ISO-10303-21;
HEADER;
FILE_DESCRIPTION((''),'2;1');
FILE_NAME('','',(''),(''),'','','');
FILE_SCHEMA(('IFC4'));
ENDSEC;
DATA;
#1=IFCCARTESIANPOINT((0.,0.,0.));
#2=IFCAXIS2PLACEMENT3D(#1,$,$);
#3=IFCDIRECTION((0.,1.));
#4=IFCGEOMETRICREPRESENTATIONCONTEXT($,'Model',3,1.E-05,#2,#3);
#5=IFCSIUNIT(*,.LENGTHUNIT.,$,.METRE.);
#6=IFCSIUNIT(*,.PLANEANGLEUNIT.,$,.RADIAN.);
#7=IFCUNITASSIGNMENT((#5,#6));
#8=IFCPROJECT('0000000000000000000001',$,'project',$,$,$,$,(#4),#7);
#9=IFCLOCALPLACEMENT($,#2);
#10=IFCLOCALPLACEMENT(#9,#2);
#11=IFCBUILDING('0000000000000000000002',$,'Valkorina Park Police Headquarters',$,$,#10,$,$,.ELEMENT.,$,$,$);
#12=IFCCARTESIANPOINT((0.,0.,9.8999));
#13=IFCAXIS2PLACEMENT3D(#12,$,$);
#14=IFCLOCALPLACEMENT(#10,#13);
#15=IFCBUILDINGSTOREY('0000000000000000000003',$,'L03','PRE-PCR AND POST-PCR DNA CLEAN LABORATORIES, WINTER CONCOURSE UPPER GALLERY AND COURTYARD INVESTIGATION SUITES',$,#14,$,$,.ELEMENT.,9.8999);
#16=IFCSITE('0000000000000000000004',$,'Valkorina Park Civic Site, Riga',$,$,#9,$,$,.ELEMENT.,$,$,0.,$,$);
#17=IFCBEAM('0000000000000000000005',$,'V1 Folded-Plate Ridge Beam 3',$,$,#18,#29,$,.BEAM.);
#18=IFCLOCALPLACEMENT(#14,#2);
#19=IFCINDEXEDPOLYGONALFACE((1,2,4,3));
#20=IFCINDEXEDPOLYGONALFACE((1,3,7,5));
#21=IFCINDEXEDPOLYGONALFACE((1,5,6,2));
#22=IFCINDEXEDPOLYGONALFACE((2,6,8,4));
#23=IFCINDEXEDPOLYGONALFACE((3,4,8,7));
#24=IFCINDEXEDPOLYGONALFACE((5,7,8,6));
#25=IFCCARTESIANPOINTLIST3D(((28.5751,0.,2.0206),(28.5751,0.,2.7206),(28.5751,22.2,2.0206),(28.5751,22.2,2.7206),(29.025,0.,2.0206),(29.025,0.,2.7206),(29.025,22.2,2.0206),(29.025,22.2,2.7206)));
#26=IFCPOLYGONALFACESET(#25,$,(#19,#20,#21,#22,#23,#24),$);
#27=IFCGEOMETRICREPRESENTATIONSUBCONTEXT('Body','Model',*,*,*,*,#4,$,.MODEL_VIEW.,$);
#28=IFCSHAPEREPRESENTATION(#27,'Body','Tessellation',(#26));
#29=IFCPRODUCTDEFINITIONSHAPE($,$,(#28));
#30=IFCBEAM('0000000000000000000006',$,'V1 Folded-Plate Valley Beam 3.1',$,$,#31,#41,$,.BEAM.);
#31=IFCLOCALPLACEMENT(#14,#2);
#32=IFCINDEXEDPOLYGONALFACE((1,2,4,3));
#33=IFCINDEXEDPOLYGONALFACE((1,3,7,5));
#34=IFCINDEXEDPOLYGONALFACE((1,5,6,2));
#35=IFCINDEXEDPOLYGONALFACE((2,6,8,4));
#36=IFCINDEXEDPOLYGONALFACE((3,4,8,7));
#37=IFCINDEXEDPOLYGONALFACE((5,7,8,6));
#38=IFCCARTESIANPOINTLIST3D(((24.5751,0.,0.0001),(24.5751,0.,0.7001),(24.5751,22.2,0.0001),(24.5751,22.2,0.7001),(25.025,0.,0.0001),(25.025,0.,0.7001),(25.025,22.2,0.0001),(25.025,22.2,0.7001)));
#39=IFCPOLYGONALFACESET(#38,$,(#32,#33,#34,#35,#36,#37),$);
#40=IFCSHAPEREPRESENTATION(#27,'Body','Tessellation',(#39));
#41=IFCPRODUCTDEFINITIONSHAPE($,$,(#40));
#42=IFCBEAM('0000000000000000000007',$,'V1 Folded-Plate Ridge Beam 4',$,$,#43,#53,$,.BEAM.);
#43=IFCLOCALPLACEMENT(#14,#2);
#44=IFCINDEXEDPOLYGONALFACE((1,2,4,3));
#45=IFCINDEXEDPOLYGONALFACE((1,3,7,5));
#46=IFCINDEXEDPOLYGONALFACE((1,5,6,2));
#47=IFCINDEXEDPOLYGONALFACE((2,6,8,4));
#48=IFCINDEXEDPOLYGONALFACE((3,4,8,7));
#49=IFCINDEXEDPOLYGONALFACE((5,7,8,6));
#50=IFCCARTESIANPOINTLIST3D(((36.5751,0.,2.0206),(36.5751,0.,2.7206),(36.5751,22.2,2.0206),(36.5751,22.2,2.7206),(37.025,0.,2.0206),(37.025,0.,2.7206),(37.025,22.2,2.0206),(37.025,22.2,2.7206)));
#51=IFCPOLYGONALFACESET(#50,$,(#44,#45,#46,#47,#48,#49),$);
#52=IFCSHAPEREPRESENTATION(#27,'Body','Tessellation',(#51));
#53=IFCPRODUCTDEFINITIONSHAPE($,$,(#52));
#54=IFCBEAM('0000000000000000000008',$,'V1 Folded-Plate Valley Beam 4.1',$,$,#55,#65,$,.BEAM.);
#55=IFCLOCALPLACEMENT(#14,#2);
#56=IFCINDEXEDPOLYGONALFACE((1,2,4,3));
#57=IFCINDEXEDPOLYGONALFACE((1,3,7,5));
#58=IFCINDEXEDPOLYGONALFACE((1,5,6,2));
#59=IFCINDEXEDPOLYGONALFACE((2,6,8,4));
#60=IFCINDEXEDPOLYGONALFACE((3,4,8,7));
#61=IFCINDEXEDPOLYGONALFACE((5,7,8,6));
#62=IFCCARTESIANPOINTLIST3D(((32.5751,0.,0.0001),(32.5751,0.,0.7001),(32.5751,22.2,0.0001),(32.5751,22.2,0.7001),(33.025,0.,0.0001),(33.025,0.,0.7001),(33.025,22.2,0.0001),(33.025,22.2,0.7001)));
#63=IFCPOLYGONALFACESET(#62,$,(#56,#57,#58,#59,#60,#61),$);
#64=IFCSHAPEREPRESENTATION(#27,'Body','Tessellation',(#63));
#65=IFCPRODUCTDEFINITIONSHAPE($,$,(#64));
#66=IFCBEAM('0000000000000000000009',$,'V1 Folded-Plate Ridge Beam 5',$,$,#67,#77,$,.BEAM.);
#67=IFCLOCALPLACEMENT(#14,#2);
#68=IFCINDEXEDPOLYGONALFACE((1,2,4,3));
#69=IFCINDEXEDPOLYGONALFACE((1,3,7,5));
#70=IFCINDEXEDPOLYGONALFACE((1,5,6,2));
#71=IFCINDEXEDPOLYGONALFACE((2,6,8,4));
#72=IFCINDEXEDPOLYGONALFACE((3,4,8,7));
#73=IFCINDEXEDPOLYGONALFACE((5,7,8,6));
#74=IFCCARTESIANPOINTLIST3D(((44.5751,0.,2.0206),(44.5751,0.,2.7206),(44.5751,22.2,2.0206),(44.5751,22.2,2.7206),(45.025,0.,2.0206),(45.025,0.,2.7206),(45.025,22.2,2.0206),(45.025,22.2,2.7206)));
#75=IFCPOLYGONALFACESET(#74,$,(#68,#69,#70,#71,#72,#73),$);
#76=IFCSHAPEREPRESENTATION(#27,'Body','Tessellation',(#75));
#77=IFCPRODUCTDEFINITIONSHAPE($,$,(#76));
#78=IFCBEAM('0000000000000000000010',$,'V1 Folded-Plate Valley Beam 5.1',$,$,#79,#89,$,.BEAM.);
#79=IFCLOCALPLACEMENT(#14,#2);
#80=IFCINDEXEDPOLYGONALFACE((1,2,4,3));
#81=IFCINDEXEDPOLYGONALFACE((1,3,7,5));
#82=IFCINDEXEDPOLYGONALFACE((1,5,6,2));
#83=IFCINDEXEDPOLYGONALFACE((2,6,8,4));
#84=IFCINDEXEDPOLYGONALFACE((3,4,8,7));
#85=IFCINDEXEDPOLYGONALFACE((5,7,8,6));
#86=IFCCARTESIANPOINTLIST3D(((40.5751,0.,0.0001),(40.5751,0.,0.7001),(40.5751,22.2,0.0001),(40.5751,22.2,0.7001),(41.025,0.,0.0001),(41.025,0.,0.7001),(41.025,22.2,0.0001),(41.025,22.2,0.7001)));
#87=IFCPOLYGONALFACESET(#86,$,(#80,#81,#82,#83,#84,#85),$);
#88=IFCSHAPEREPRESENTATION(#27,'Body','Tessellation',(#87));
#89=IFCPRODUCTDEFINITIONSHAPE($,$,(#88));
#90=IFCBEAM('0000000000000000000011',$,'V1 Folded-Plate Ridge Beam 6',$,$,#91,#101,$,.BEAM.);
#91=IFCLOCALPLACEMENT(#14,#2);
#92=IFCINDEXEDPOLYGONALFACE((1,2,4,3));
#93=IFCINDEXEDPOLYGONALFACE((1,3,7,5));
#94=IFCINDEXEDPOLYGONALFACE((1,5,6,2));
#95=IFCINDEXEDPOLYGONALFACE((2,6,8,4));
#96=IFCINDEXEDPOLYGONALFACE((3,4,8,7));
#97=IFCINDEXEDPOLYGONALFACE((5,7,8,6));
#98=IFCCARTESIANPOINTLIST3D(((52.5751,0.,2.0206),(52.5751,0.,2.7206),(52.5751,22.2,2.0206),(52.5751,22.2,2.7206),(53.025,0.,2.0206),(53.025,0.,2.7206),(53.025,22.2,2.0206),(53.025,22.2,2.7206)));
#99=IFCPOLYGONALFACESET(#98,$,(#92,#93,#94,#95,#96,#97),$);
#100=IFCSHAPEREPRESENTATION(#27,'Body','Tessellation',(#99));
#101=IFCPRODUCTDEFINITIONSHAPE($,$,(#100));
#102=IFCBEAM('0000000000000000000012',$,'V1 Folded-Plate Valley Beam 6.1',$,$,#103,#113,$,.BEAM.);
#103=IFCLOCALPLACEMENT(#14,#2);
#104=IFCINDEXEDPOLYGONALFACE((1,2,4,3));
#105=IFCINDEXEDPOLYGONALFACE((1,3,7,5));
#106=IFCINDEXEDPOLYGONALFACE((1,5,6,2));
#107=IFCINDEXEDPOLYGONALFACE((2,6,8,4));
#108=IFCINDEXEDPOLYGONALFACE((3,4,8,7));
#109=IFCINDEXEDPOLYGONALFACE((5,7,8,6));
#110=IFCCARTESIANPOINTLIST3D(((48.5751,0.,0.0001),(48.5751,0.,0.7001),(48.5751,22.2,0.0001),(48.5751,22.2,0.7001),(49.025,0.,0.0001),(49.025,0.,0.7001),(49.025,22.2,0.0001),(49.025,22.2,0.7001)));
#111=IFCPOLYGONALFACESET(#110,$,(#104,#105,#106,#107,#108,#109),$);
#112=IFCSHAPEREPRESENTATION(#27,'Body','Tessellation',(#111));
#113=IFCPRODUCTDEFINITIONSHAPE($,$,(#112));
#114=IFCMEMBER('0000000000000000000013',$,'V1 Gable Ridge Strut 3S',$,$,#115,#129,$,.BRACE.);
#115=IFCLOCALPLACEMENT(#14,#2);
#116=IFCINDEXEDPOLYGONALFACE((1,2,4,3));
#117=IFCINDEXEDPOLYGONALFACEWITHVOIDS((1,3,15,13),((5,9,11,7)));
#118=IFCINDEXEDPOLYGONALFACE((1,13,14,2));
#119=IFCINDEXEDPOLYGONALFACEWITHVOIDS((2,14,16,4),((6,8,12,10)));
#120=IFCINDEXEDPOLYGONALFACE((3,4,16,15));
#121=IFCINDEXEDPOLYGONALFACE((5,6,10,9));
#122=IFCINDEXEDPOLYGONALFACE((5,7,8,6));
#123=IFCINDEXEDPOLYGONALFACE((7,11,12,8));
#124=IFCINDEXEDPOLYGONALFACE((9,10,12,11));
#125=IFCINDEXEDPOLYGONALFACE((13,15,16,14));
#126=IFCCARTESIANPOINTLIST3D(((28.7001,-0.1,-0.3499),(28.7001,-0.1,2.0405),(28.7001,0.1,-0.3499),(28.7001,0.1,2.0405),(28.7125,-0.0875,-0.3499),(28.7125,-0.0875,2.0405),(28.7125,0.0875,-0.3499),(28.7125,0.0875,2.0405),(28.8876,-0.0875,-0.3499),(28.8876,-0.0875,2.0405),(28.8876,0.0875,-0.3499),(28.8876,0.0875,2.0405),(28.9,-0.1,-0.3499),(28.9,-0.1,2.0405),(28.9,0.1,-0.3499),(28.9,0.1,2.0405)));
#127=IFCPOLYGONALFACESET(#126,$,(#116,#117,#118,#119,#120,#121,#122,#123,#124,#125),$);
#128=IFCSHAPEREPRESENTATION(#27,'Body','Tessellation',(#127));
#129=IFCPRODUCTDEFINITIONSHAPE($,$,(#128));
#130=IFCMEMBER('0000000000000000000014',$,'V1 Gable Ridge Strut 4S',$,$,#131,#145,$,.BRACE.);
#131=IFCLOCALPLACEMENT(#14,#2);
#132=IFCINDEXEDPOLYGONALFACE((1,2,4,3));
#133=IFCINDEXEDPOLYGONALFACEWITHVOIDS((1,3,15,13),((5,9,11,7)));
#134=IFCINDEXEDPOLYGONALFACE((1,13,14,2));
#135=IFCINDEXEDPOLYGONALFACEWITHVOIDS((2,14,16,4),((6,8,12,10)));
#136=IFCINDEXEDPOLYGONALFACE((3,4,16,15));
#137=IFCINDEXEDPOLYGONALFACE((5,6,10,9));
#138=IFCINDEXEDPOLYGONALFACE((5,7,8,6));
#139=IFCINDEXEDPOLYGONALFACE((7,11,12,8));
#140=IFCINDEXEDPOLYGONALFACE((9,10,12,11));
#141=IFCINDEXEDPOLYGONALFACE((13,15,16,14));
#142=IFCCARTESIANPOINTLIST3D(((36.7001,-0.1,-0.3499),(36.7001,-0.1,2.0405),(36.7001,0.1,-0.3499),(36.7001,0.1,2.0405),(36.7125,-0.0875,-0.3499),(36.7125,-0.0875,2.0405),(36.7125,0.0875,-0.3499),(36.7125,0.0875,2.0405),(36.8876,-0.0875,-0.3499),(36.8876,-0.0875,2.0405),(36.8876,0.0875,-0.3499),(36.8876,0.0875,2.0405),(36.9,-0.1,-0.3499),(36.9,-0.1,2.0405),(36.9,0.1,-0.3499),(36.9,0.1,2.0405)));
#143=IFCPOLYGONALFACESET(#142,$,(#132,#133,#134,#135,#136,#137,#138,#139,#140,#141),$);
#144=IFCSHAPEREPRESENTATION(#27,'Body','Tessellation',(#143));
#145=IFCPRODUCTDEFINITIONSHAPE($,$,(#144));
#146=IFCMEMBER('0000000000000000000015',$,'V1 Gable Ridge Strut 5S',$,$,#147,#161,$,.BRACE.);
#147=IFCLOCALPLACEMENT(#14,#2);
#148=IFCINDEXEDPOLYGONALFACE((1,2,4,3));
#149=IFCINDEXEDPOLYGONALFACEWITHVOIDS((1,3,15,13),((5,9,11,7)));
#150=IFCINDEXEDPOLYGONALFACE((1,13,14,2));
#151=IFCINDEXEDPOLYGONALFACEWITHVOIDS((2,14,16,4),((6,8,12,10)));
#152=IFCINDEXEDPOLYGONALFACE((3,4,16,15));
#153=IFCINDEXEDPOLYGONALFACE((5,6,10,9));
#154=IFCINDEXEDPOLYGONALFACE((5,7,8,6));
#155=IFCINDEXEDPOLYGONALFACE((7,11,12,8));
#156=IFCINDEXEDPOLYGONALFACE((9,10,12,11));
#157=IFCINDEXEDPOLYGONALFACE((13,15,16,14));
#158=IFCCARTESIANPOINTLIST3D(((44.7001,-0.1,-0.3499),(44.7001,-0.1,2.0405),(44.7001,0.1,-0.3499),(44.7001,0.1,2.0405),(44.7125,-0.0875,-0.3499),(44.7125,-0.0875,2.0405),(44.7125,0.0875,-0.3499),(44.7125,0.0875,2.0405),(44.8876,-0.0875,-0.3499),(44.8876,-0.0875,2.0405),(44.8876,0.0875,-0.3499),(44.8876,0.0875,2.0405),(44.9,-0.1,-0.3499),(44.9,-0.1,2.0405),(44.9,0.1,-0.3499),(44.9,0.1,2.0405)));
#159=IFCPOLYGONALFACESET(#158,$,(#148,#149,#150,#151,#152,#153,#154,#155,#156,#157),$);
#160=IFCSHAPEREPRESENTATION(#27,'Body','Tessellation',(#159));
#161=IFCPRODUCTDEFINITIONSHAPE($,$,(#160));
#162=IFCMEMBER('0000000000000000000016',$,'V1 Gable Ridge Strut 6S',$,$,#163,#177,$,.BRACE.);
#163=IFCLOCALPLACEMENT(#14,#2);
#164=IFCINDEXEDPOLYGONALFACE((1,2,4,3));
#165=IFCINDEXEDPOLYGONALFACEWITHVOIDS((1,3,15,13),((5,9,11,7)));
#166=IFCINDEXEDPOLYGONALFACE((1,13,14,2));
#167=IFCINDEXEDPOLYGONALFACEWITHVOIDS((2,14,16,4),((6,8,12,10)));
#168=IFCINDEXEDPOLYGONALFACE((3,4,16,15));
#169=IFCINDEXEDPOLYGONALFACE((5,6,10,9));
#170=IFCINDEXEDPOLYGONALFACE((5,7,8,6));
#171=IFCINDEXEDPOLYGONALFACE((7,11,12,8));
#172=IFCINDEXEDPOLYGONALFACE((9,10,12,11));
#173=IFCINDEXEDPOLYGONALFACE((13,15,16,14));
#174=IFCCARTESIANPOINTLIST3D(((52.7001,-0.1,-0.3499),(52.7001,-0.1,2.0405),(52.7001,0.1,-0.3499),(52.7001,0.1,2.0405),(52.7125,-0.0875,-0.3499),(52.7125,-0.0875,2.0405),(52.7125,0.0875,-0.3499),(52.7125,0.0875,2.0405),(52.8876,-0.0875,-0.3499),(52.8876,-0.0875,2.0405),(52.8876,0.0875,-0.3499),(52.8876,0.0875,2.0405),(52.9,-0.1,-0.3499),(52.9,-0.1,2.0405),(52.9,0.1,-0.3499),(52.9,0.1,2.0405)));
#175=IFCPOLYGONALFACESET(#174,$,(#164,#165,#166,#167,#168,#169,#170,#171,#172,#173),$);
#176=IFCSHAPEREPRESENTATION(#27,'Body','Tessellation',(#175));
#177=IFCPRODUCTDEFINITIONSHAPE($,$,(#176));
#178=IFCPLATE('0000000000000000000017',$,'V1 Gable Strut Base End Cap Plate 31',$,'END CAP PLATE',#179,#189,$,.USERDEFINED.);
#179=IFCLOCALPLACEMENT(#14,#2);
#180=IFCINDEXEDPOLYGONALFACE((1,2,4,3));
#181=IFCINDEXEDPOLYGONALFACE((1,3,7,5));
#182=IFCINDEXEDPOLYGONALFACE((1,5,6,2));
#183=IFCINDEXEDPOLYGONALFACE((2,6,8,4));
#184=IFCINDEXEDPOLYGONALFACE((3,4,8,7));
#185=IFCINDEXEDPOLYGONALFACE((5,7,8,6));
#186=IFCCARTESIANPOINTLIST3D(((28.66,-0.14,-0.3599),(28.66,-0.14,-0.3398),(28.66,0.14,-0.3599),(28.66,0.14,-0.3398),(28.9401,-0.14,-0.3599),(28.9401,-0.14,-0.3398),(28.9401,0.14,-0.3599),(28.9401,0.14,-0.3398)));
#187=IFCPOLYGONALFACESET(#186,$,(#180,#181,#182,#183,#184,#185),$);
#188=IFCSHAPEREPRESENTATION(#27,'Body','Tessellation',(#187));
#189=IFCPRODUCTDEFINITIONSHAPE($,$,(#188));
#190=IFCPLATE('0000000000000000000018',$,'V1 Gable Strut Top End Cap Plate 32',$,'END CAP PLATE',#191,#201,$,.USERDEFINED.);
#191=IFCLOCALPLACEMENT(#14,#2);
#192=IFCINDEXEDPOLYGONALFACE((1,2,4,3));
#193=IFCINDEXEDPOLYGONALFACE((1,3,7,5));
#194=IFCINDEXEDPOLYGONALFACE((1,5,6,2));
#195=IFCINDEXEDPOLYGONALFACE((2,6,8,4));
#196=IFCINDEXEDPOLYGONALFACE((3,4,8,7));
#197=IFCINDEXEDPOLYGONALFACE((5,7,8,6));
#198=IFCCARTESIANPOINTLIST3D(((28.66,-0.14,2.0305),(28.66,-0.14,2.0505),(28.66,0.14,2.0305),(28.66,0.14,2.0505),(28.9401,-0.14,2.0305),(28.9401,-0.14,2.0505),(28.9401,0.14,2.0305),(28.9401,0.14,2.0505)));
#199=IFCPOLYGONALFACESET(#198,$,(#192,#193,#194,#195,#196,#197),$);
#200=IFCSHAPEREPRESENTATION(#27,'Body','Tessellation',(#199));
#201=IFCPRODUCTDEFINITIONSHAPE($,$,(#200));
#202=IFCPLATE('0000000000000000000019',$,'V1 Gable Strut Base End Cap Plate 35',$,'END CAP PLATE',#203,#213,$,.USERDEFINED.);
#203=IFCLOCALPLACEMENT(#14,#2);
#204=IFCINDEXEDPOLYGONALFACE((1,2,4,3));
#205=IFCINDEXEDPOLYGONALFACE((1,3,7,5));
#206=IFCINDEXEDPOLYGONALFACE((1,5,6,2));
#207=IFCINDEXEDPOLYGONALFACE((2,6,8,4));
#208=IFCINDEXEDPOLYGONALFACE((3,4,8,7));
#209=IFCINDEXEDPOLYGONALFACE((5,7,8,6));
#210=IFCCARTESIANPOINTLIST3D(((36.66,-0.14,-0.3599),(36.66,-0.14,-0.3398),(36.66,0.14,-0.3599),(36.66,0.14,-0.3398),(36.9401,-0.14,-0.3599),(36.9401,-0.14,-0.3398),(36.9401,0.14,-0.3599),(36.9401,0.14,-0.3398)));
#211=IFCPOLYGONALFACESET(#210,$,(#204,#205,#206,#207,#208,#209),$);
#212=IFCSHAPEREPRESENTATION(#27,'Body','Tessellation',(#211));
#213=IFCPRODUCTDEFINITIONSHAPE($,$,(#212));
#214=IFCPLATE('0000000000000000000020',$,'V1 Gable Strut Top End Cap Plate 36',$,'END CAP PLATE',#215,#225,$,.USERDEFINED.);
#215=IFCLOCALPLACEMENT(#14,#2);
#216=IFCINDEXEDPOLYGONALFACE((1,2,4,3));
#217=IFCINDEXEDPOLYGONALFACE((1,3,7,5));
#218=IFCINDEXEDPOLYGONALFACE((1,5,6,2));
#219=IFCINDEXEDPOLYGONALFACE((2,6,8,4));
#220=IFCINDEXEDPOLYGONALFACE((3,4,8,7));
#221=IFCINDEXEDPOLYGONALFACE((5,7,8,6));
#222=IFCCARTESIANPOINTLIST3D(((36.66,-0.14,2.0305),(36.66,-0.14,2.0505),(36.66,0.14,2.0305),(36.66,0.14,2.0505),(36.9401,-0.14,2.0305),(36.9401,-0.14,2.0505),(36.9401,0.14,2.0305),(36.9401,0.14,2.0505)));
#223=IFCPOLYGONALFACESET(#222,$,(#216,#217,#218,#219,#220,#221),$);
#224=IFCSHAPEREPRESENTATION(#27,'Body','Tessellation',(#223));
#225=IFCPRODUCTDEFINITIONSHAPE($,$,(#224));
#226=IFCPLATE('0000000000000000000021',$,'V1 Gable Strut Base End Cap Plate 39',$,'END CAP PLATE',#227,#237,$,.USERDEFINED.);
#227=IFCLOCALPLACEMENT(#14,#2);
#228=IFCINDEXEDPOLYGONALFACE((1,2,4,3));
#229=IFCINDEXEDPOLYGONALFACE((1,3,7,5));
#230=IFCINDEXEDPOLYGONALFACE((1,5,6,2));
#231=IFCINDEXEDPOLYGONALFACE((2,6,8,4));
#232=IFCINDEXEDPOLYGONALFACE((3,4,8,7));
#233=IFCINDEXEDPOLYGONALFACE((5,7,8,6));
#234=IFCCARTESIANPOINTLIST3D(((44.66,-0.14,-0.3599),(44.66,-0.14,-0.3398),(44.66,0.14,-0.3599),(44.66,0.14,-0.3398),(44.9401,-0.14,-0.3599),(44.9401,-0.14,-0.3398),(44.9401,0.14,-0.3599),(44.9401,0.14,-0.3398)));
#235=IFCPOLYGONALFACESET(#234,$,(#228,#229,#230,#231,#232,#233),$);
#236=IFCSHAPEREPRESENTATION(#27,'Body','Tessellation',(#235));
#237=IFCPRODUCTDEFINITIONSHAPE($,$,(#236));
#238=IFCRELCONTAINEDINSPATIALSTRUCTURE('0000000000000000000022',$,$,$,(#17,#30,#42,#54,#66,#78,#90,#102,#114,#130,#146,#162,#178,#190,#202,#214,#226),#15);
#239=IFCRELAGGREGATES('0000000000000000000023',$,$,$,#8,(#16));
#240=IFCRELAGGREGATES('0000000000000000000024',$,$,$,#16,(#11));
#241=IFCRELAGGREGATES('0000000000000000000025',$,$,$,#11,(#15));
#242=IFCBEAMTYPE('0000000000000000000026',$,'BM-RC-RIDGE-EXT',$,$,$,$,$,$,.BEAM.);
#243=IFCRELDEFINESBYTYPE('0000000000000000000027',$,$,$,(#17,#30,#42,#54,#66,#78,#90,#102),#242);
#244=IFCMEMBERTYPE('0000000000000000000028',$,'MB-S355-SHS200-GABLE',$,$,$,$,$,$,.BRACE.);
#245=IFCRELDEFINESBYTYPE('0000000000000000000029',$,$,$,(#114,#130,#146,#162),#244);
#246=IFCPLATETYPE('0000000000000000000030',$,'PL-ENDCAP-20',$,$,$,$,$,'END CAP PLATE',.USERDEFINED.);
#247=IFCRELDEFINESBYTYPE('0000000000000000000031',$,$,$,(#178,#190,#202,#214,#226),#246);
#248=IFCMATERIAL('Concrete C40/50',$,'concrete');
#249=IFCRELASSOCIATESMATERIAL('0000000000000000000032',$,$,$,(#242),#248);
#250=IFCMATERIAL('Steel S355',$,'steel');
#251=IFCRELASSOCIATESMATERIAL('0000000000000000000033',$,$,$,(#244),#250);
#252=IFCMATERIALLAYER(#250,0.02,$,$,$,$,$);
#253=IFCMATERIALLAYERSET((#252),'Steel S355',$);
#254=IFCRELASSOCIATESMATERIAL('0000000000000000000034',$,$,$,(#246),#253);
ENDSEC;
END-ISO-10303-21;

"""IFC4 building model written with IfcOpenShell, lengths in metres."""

from ifc_helpers import new_model, si_unit, direction, frame, origin, origin_2d, place, context, subcontext, project, spatial, rectangle, hollow_rectangle, extrude, material, layer, layer_set, material_profile, profile_set, type_object, element, save


model = new_model("IFC4")

# Units and contexts
model_context = context("Model", 3, precision=1e-05, world=origin(), true_north=direction((0.0, 1.0)))
body_context = subcontext(model_context, "Body", "Model", "MODEL_VIEW")
ifc_project = project(units=[si_unit("LENGTHUNIT", "METRE"), si_unit("PLANEANGLEUNIT", "RADIAN")], contexts=[model_context])

# Site, building, storey
site_placement = place(None, origin())
site = spatial("IfcSite", under=ifc_project, at=site_placement, Name="Valkorina Park Civic Site, Riga", CompositionType="ELEMENT", RefElevation=0.0)
building_placement = place(site_placement, origin())
building = spatial("IfcBuilding", under=site, at=building_placement, Name="Valkorina Park Police Headquarters", CompositionType="ELEMENT")
storey_placement = place(building_placement, frame((0.0, 0.0, 9.8999)))
storey = spatial("IfcBuildingStorey", under=building, at=storey_placement, Name="L03", Description="PRE-PCR AND POST-PCR DNA CLEAN LABORATORIES, WINTER CONCOURSE UPPER GALLERY AND COURTYARD INVESTIGATION SUITES", CompositionType="ELEMENT", Elevation=9.8999)

# Beams
ifc_material_1 = material(Name="Concrete C40/50", Category="concrete")
ifc_material_profile_1 = material_profile(ifc_material_1, rectangle(XDim=0.45, YDim=0.7, at=origin_2d()), Name="RC RIDGE 450x700")
ifc_profile_set_1 = profile_set([ifc_material_profile_1], Name="Concrete C40/50")
beam_type = type_object("IfcBeamType", Name="BM-RC-RIDGE-EXT", PredefinedType="BEAM", material=ifc_profile_set_1)
for number, where, z_axis, x_axis, name in (
    (1, (28.8, 0.0, 2.3706), (0.0, 1.0, 0.0), (-1.0, 0.0, 0.0), "V1 Folded-Plate Ridge Beam 3"),
    (2, (24.8, 0.0, 0.3501), (0.0, 1.0, 0.0), (-1.0, 0.0, 0.0), "V1 Folded-Plate Valley Beam 3.1"),
    (3, (36.8, 0.0, 2.3706), (0.0, 1.0, 0.0), (-1.0, 0.0, 0.0), "V1 Folded-Plate Ridge Beam 4"),
    (4, (32.8, 0.0, 0.3501), (0.0, 1.0, 0.0), (-1.0, 0.0, 0.0), "V1 Folded-Plate Valley Beam 4.1"),
    (5, (44.8, 0.0, 2.3706), (0.0, 1.0, 0.0), (-1.0, 0.0, 0.0), "V1 Folded-Plate Ridge Beam 5"),
    (6, (40.8, 0.0, 0.3501), (0.0, 1.0, 0.0), (-1.0, 0.0, 0.0), "V1 Folded-Plate Valley Beam 5.1"),
    (7, (52.8, 0.0, 2.3706), (0.0, 1.0, 0.0), (-1.0, 0.0, 0.0), "V1 Folded-Plate Ridge Beam 6"),
    (8, (48.8, 0.0, 0.3501), (0.0, 1.0, 0.0), (-1.0, 0.0, 0.0), "V1 Folded-Plate Valley Beam 6.1"),
):
    element("IfcBeam", number, at=place(storey_placement, frame(where, z_axis=z_axis, x_axis=x_axis)), inside=storey, type_object=beam_type, Name=name, PredefinedType="BEAM", context=body_context, shape_type="SweptSolid", body=[
        extrude(rectangle(XDim=0.45, YDim=0.7, at=origin_2d()), origin(), (0.0, 0.0, 1.0), 22.2),
    ])

# Members
ifc_material_2 = material(Name="Steel S355", Category="steel")
ifc_material_profile_2 = material_profile(ifc_material_2, hollow_rectangle(XDim=0.2, YDim=0.2, WallThickness=0.0125, at=origin_2d()), Name="SHS 200x200x12.5")
ifc_profile_set_2 = profile_set([ifc_material_profile_2], Name="Steel S355")
member_type = type_object("IfcMemberType", Name="MB-S355-SHS200-GABLE", PredefinedType="BRACE", material=ifc_profile_set_2)
for number, where, z_axis, x_axis, name in (
    (9, (28.8, 0.0, -0.3499), (0.0, 0.0, 1.0), (1.0, 0.0, 0.0), "V1 Gable Ridge Strut 3S"),
    (10, (36.8, 0.0, -0.3499), (0.0, 0.0, 1.0), (1.0, 0.0, 0.0), "V1 Gable Ridge Strut 4S"),
    (11, (44.8, 0.0, -0.3499), (0.0, 0.0, 1.0), (1.0, 0.0, 0.0), "V1 Gable Ridge Strut 5S"),
    (12, (52.8, 0.0, -0.3499), (0.0, 0.0, 1.0), (1.0, 0.0, 0.0), "V1 Gable Ridge Strut 6S"),
):
    element("IfcMember", number, at=place(storey_placement, frame(where, z_axis=z_axis, x_axis=x_axis)), inside=storey, type_object=member_type, Name=name, PredefinedType="BRACE", context=body_context, shape_type="SweptSolid", body=[
        extrude(hollow_rectangle(XDim=0.2, YDim=0.2, WallThickness=0.0125, at=origin_2d()), origin(), (0.0, 0.0, 1.0), 2.3904),
    ])

# Plates
ifc_layer_1 = layer(ifc_material_2, 0.02)
ifc_layer_set_1 = layer_set([ifc_layer_1], Name="Steel S355")
plate_type = type_object("IfcPlateType", Name="PL-ENDCAP-20", ElementType="END CAP PLATE", PredefinedType="USERDEFINED", material=ifc_layer_set_1)
for number, where, z_axis, x_axis, name in (
    (13, (28.8, 0.0, -0.3599), (0.0, 0.0, 1.0), (1.0, 0.0, 0.0), "V1 Gable Strut Base End Cap Plate 31"),
    (14, (28.8, 0.0, 2.0305), (0.0, 0.0, 1.0), (1.0, 0.0, 0.0), "V1 Gable Strut Top End Cap Plate 32"),
    (15, (36.8, 0.0, -0.3599), (0.0, 0.0, 1.0), (1.0, 0.0, 0.0), "V1 Gable Strut Base End Cap Plate 35"),
    (16, (36.8, 0.0, 2.0305), (0.0, 0.0, 1.0), (1.0, 0.0, 0.0), "V1 Gable Strut Top End Cap Plate 36"),
    (17, (44.8, 0.0, -0.3599), (0.0, 0.0, 1.0), (1.0, 0.0, 0.0), "V1 Gable Strut Base End Cap Plate 39"),
):
    element("IfcPlate", number, at=place(storey_placement, frame(where, z_axis=z_axis, x_axis=x_axis)), inside=storey, type_object=plate_type, Name=name, ObjectType="END CAP PLATE", PredefinedType="USERDEFINED", context=body_context, shape_type="SweptSolid", body=[
        extrude(rectangle(XDim=0.28, YDim=0.28, at=origin_2d()), origin(), (0.0, 0.0, 1.0), 0.02),
    ])

save(model, "model.ifc")
